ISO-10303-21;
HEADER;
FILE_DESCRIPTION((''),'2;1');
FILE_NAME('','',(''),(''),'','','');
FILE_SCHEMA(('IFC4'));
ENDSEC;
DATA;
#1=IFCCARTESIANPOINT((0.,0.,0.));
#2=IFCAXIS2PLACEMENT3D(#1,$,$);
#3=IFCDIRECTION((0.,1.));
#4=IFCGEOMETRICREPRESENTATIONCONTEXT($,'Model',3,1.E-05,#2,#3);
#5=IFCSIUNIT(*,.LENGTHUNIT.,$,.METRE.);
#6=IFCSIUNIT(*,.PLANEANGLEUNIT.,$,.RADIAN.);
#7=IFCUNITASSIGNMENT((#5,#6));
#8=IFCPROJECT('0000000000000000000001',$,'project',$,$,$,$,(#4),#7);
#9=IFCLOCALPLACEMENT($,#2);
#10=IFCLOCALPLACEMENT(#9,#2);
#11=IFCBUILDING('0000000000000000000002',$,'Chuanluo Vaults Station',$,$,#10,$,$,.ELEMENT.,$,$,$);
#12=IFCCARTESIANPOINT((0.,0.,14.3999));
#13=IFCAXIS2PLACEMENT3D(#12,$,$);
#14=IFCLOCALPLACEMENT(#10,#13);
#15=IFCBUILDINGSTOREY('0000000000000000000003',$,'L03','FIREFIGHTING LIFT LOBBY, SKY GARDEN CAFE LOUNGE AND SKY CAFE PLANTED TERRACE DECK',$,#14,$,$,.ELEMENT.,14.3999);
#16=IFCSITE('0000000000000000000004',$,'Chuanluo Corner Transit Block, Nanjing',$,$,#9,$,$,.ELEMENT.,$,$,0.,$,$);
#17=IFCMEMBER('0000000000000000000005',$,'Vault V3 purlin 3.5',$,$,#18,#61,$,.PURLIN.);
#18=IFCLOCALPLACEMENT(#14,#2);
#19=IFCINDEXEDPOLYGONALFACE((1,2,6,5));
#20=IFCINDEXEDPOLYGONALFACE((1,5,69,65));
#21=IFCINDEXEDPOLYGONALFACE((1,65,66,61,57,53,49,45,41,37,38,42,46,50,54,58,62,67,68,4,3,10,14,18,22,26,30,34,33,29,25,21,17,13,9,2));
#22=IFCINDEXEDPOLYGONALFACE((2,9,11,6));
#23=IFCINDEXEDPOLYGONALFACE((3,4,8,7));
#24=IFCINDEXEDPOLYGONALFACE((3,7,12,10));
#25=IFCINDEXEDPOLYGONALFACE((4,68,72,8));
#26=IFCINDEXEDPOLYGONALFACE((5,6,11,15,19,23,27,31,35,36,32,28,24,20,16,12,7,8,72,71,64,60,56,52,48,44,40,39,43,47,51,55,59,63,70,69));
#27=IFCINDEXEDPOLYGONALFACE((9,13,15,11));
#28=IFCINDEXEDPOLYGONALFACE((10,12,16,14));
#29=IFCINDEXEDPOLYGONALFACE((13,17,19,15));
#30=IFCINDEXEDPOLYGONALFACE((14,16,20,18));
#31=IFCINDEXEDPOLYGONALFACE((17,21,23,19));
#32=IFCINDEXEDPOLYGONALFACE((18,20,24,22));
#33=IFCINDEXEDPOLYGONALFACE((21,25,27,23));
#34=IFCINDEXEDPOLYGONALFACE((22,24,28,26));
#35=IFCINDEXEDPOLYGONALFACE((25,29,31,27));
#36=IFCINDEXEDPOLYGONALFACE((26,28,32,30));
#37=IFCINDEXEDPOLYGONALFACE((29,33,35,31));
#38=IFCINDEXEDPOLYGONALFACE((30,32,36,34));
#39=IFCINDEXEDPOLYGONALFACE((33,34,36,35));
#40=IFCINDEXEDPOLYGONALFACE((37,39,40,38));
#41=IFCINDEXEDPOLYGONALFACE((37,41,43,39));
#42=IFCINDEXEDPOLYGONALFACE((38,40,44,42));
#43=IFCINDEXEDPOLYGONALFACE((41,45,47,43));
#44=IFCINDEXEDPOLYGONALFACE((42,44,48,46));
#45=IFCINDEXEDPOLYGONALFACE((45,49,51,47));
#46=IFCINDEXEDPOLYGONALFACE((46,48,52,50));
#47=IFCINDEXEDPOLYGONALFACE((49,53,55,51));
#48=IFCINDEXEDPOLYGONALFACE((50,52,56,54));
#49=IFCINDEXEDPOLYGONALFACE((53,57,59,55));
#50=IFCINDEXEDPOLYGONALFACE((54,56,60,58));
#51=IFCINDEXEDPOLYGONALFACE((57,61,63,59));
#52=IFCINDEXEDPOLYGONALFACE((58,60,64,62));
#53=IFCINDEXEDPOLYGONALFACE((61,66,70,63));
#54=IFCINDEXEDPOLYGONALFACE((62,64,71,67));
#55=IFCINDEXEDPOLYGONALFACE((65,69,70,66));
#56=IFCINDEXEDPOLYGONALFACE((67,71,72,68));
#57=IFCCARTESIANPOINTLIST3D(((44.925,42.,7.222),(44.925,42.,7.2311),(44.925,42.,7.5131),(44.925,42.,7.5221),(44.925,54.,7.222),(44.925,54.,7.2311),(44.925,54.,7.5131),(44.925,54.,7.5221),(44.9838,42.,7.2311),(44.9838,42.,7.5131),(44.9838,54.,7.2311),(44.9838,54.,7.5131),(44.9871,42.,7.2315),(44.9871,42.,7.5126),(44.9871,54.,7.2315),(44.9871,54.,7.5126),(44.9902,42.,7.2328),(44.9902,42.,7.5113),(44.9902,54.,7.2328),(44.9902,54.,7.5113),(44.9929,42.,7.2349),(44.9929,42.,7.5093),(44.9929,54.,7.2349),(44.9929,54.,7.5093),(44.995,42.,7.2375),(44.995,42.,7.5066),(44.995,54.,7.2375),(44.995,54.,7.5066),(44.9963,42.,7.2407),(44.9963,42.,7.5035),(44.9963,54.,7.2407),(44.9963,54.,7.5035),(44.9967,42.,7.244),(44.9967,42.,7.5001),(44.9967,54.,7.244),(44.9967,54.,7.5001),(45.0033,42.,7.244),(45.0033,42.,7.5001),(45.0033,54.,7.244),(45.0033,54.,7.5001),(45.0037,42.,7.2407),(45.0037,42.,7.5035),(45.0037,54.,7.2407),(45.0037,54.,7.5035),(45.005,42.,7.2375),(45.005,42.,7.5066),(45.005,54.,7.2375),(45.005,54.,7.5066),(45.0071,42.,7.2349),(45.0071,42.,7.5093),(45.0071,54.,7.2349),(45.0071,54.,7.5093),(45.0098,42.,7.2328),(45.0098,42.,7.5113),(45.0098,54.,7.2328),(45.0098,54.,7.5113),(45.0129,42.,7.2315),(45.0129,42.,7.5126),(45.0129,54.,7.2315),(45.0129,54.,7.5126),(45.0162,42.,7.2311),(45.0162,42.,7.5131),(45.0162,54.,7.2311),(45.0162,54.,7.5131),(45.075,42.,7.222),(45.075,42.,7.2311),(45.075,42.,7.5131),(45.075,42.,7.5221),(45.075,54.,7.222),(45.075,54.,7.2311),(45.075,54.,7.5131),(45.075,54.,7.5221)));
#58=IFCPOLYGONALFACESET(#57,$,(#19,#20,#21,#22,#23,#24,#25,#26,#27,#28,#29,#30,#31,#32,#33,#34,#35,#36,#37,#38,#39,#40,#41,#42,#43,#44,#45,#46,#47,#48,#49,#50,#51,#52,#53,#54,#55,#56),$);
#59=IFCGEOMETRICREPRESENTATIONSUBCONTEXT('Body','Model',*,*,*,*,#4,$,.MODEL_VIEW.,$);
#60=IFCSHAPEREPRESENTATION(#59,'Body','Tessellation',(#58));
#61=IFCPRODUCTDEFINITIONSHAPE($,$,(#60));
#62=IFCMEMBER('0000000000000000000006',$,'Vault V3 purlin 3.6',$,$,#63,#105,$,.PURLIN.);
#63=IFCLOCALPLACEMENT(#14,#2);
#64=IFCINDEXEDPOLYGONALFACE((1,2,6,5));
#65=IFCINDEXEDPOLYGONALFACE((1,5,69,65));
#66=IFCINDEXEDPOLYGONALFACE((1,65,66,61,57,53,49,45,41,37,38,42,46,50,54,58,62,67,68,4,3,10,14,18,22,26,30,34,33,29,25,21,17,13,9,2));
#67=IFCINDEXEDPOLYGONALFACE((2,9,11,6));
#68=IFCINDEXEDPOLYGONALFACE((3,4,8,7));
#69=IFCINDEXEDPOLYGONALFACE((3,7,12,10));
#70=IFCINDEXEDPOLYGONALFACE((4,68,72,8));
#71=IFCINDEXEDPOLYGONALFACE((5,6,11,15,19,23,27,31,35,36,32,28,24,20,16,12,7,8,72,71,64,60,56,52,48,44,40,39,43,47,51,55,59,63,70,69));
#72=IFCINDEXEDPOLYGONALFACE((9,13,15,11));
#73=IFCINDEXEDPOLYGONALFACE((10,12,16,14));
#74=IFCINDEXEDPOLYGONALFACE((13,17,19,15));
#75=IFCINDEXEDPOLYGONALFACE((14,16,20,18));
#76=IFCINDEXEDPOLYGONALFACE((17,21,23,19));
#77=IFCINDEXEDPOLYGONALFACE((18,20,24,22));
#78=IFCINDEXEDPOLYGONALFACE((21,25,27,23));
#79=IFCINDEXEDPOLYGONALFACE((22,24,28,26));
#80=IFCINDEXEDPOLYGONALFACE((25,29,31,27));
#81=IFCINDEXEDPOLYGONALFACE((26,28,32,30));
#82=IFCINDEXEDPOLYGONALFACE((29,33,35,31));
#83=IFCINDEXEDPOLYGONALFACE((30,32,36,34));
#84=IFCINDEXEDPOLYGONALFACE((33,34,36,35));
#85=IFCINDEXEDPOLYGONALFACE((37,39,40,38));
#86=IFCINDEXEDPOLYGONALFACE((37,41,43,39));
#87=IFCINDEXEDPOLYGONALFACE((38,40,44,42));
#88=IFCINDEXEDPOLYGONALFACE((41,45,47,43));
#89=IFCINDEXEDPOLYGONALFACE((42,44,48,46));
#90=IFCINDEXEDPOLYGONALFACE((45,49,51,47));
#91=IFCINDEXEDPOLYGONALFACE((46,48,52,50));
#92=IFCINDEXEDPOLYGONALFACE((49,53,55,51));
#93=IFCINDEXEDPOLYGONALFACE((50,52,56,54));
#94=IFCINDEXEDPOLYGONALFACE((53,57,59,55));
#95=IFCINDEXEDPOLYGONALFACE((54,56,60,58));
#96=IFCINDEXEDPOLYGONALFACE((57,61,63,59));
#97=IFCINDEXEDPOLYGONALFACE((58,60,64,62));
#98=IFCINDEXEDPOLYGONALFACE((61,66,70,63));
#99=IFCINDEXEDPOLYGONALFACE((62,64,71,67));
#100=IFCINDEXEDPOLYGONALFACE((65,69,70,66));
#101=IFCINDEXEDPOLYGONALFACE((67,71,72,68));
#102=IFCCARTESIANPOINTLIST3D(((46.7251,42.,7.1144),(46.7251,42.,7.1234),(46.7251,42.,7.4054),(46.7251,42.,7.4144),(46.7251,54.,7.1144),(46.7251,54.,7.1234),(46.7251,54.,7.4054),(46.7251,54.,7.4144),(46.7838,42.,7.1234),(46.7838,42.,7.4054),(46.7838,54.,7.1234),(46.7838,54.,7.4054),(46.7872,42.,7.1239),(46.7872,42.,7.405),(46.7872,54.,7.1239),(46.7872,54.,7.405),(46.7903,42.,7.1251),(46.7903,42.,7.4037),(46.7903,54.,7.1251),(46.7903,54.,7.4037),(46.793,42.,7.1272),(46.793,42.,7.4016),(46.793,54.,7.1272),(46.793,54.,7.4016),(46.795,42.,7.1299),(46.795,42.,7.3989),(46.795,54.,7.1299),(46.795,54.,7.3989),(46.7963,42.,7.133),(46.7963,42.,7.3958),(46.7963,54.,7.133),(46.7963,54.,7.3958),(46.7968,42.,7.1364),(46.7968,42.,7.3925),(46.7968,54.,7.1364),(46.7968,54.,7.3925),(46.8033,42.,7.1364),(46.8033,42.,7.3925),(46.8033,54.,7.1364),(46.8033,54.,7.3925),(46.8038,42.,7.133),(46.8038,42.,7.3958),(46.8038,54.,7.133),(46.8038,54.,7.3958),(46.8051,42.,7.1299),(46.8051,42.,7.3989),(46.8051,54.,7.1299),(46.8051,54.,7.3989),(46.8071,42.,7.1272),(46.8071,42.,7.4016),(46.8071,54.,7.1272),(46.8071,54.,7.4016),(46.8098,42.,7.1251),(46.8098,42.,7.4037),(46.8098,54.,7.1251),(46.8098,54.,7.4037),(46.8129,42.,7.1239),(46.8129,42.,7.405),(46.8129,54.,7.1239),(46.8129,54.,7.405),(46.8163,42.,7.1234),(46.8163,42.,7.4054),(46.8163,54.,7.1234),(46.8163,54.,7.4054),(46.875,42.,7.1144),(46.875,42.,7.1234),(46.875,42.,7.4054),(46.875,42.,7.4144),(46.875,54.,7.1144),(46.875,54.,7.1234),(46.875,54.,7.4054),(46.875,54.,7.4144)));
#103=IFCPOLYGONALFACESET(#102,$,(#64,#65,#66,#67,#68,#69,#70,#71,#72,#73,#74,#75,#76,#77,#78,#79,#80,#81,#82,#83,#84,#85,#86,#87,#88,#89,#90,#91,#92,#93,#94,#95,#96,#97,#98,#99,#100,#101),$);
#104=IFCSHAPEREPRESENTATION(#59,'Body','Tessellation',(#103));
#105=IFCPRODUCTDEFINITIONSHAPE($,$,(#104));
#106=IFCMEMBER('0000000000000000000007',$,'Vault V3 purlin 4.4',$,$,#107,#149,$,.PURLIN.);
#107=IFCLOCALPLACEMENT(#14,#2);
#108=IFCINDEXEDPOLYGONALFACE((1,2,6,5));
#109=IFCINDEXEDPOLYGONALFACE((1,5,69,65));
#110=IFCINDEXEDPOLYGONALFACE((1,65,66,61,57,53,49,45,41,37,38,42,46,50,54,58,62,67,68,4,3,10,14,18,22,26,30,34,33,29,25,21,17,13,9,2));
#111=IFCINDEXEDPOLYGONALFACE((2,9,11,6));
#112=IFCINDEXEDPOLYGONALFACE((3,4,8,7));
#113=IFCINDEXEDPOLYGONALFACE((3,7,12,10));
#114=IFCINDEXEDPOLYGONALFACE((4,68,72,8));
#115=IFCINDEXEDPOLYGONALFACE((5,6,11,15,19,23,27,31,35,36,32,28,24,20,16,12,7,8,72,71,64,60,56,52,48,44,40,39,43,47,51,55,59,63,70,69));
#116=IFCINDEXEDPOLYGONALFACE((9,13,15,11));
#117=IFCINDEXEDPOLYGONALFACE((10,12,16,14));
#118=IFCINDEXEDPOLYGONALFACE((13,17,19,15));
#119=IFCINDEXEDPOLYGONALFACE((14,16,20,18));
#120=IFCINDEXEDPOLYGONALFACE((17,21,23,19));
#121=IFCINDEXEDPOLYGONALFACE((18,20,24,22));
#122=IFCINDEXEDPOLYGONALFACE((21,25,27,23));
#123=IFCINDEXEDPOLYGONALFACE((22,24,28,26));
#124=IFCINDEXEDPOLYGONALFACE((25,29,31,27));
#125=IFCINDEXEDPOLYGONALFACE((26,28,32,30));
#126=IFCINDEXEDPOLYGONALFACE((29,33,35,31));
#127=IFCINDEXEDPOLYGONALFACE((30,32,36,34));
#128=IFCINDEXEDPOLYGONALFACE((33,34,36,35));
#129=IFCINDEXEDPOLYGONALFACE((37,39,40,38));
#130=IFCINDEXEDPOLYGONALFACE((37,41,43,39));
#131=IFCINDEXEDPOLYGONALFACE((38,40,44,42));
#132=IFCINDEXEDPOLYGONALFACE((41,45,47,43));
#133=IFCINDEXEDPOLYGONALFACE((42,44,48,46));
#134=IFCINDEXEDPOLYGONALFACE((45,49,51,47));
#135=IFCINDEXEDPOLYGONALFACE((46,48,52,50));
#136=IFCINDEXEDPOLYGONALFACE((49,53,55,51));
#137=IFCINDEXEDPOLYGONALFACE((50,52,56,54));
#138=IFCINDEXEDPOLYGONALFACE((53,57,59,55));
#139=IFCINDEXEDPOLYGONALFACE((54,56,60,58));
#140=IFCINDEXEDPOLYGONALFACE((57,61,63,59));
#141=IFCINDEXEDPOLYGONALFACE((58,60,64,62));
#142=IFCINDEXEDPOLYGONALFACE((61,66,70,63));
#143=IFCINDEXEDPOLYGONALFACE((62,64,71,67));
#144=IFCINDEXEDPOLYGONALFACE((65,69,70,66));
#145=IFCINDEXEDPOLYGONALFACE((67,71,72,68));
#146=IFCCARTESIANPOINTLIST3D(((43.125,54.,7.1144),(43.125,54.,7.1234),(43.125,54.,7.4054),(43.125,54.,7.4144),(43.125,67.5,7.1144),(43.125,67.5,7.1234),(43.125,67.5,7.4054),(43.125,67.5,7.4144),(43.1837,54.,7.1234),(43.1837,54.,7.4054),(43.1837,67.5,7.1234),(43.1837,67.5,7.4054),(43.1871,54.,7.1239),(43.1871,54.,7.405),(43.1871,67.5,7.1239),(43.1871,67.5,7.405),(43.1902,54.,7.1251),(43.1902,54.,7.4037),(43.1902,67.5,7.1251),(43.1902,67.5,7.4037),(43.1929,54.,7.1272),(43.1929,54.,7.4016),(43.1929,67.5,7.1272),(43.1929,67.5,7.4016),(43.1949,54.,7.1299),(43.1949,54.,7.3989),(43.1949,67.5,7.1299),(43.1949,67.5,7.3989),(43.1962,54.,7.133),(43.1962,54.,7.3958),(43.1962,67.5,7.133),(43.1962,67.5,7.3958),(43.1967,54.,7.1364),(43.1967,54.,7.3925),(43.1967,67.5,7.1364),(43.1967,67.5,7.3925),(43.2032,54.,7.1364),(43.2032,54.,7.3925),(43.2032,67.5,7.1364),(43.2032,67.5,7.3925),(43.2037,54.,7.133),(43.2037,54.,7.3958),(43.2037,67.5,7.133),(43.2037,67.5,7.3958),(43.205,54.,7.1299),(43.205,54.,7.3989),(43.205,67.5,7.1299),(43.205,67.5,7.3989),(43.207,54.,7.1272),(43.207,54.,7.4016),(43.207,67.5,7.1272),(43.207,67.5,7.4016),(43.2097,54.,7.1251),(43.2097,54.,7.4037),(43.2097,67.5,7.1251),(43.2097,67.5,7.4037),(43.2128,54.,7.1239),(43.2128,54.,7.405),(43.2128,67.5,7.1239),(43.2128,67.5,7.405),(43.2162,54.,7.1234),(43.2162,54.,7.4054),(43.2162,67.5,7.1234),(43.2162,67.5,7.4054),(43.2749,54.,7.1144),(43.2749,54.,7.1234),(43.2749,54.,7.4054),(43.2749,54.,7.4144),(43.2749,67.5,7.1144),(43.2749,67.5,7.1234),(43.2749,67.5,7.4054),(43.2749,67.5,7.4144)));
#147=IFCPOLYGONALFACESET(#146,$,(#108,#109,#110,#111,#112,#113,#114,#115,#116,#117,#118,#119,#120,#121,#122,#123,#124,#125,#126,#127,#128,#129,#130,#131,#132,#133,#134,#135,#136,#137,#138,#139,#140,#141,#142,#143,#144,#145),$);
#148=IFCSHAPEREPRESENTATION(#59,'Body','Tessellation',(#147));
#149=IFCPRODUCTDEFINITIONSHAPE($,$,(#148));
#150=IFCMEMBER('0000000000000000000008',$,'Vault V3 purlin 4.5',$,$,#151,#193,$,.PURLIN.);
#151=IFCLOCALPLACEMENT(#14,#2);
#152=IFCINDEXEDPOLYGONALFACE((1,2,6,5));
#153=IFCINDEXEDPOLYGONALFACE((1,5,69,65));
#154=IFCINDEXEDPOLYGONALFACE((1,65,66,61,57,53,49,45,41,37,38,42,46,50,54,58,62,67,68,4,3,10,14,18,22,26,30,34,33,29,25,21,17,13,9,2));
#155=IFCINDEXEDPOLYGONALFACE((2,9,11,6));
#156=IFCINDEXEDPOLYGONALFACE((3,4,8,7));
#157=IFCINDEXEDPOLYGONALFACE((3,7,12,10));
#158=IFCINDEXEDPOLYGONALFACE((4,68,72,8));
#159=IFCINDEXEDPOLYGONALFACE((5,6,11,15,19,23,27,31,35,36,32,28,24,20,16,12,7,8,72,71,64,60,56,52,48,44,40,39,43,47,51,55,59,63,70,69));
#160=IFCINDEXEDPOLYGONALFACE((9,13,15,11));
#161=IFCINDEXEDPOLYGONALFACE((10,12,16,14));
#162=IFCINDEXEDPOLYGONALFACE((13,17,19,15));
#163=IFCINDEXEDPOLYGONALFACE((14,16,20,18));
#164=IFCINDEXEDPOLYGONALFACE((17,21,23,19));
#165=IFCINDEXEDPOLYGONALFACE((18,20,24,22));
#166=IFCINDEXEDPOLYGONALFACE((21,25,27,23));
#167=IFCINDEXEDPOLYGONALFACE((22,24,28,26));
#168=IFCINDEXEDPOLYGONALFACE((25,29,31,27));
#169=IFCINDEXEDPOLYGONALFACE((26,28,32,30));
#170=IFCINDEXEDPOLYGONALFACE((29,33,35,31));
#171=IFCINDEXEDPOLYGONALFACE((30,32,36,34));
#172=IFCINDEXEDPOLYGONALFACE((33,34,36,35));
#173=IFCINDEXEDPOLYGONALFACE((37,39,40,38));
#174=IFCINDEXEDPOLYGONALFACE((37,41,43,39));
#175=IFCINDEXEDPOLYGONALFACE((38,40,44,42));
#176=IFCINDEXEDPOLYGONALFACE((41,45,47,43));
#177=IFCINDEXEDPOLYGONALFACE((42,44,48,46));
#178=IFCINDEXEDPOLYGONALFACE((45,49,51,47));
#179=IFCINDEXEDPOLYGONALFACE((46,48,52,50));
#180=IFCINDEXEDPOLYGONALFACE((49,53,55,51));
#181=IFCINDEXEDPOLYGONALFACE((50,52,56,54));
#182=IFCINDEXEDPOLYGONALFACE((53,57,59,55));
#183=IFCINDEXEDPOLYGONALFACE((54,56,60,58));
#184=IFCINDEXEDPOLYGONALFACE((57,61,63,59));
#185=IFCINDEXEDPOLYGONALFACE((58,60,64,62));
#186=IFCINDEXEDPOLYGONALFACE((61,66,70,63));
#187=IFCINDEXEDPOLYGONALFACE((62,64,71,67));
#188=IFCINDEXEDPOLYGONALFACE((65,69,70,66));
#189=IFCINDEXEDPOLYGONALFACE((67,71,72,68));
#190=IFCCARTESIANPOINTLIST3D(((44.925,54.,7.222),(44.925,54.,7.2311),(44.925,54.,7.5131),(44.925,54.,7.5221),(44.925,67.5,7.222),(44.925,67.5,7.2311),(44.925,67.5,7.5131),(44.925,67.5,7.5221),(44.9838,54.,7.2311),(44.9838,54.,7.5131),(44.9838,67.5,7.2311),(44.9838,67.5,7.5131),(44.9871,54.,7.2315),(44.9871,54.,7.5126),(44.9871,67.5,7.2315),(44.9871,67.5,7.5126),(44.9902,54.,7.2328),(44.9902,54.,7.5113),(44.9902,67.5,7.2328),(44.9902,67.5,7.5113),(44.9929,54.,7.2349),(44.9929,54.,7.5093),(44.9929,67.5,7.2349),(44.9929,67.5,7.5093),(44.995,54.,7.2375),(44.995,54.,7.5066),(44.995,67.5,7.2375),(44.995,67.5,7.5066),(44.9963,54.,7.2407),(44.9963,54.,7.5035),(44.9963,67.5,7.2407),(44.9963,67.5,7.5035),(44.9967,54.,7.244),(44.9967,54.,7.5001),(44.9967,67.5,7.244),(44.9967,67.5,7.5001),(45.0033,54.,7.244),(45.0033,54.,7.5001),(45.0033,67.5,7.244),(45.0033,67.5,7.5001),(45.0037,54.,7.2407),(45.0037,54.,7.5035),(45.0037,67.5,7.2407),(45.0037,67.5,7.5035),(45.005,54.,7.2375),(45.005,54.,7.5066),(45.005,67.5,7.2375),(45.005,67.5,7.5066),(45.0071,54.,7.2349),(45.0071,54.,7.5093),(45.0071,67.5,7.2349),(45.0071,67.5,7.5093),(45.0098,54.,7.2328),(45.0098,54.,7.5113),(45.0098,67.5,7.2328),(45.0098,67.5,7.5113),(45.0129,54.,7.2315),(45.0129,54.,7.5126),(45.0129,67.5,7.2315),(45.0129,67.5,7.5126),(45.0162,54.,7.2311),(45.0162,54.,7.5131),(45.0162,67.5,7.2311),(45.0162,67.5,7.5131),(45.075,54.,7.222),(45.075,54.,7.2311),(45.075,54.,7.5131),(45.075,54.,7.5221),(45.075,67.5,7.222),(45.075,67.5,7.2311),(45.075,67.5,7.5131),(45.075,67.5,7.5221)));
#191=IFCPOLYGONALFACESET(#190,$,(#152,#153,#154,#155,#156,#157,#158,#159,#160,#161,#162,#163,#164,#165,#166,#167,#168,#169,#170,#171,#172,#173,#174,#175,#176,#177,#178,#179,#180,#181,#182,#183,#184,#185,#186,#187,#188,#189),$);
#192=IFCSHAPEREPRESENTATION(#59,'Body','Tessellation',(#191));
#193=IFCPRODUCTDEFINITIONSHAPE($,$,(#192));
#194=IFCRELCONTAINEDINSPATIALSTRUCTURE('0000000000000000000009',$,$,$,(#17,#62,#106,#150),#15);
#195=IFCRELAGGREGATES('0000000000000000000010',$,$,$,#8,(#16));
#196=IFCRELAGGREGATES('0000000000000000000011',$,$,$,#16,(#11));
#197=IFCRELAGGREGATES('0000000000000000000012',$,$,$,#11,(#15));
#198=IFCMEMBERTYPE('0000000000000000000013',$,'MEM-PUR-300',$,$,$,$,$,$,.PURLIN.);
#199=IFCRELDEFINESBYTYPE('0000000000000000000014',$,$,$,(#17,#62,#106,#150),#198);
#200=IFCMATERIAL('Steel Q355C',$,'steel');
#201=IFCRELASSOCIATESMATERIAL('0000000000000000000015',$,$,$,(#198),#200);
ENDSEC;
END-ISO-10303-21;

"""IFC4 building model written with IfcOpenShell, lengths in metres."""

from ifc_helpers import new_model, si_unit, direction, frame, origin, origin_2d, place, context, subcontext, project, spatial, i_section, extrude, material, material_profile, profile_set, type_object, element, save


model = new_model("IFC4")

# Units and contexts
model_context = context("Model", 3, precision=1e-05, world=origin(), true_north=direction((0.0, 1.0)))
body_context = subcontext(model_context, "Body", "Model", "MODEL_VIEW")
ifc_project = project(units=[si_unit("LENGTHUNIT", "METRE"), si_unit("PLANEANGLEUNIT", "RADIAN")], contexts=[model_context])

# Site, building, storey
site_placement = place(None, origin())
site = spatial("IfcSite", under=ifc_project, at=site_placement, Name="Chuanluo Corner Transit Block, Nanjing", CompositionType="ELEMENT", RefElevation=0.0)
building_placement = place(site_placement, origin())
building = spatial("IfcBuilding", under=site, at=building_placement, Name="Chuanluo Vaults Station", CompositionType="ELEMENT")
storey_placement = place(building_placement, frame((0.0, 0.0, 14.3999)))
storey = spatial("IfcBuildingStorey", under=building, at=storey_placement, Name="L03", Description="FIREFIGHTING LIFT LOBBY, SKY GARDEN CAFE LOUNGE AND SKY CAFE PLANTED TERRACE DECK", CompositionType="ELEMENT", Elevation=14.3999)

# Members
ifc_material_1 = material(Name="Steel Q355C", Category="steel")
ifc_material_profile_1 = material_profile(ifc_material_1, i_section(OverallWidth=0.1499, OverallDepth=0.3, WebThickness=0.0066, FlangeThickness=0.009, FilletRadius=0.0129, at=origin_2d()))
ifc_profile_set_1 = profile_set([ifc_material_profile_1], Name="Steel Q355C")
member_type_1 = type_object("IfcMemberType", Name="MEM-PUR-300", PredefinedType="PURLIN", material=ifc_profile_set_1)
for number, where, z_axis, x_axis, name in (
    (1, (45.0, 42.0, 7.3721), (0.0, 1.0, 0.0), (-1.0, 0.0, 0.0), "Vault V3 purlin 3.5"),
    (2, (46.8, 42.0, 7.2644), (0.0, 1.0, 0.0), (-1.0, 0.0, 0.0), "Vault V3 purlin 3.6"),
):
    element("IfcMember", number, at=place(storey_placement, frame(where, z_axis=z_axis, x_axis=x_axis)), inside=storey, type_object=member_type_1, Name=name, PredefinedType="PURLIN", context=body_context, shape_type="SweptSolid", body=[
        extrude(i_section(OverallWidth=0.1499, OverallDepth=0.3, WebThickness=0.0066, FlangeThickness=0.009, FilletRadius=0.0129, at=origin_2d()), origin(), (0.0, 0.0, 1.0), 12.0),
    ])
for number, where, z_axis, x_axis, name in (
    (3, (43.2, 54.0, 7.2644), (0.0, 1.0, 0.0), (-1.0, 0.0, 0.0), "Vault V3 purlin 4.4"),
    (4, (45.0, 54.0, 7.3721), (0.0, 1.0, 0.0), (-1.0, 0.0, 0.0), "Vault V3 purlin 4.5"),
):
    element("IfcMember", number, at=place(storey_placement, frame(where, z_axis=z_axis, x_axis=x_axis)), inside=storey, type_object=member_type_1, Name=name, PredefinedType="PURLIN", context=body_context, shape_type="SweptSolid", body=[
        extrude(i_section(OverallWidth=0.1499, OverallDepth=0.3, WebThickness=0.0066, FlangeThickness=0.009, FilletRadius=0.0129, at=origin_2d()), origin(), (0.0, 0.0, 1.0), 13.5),
    ])

save(model, "model.ifc")
